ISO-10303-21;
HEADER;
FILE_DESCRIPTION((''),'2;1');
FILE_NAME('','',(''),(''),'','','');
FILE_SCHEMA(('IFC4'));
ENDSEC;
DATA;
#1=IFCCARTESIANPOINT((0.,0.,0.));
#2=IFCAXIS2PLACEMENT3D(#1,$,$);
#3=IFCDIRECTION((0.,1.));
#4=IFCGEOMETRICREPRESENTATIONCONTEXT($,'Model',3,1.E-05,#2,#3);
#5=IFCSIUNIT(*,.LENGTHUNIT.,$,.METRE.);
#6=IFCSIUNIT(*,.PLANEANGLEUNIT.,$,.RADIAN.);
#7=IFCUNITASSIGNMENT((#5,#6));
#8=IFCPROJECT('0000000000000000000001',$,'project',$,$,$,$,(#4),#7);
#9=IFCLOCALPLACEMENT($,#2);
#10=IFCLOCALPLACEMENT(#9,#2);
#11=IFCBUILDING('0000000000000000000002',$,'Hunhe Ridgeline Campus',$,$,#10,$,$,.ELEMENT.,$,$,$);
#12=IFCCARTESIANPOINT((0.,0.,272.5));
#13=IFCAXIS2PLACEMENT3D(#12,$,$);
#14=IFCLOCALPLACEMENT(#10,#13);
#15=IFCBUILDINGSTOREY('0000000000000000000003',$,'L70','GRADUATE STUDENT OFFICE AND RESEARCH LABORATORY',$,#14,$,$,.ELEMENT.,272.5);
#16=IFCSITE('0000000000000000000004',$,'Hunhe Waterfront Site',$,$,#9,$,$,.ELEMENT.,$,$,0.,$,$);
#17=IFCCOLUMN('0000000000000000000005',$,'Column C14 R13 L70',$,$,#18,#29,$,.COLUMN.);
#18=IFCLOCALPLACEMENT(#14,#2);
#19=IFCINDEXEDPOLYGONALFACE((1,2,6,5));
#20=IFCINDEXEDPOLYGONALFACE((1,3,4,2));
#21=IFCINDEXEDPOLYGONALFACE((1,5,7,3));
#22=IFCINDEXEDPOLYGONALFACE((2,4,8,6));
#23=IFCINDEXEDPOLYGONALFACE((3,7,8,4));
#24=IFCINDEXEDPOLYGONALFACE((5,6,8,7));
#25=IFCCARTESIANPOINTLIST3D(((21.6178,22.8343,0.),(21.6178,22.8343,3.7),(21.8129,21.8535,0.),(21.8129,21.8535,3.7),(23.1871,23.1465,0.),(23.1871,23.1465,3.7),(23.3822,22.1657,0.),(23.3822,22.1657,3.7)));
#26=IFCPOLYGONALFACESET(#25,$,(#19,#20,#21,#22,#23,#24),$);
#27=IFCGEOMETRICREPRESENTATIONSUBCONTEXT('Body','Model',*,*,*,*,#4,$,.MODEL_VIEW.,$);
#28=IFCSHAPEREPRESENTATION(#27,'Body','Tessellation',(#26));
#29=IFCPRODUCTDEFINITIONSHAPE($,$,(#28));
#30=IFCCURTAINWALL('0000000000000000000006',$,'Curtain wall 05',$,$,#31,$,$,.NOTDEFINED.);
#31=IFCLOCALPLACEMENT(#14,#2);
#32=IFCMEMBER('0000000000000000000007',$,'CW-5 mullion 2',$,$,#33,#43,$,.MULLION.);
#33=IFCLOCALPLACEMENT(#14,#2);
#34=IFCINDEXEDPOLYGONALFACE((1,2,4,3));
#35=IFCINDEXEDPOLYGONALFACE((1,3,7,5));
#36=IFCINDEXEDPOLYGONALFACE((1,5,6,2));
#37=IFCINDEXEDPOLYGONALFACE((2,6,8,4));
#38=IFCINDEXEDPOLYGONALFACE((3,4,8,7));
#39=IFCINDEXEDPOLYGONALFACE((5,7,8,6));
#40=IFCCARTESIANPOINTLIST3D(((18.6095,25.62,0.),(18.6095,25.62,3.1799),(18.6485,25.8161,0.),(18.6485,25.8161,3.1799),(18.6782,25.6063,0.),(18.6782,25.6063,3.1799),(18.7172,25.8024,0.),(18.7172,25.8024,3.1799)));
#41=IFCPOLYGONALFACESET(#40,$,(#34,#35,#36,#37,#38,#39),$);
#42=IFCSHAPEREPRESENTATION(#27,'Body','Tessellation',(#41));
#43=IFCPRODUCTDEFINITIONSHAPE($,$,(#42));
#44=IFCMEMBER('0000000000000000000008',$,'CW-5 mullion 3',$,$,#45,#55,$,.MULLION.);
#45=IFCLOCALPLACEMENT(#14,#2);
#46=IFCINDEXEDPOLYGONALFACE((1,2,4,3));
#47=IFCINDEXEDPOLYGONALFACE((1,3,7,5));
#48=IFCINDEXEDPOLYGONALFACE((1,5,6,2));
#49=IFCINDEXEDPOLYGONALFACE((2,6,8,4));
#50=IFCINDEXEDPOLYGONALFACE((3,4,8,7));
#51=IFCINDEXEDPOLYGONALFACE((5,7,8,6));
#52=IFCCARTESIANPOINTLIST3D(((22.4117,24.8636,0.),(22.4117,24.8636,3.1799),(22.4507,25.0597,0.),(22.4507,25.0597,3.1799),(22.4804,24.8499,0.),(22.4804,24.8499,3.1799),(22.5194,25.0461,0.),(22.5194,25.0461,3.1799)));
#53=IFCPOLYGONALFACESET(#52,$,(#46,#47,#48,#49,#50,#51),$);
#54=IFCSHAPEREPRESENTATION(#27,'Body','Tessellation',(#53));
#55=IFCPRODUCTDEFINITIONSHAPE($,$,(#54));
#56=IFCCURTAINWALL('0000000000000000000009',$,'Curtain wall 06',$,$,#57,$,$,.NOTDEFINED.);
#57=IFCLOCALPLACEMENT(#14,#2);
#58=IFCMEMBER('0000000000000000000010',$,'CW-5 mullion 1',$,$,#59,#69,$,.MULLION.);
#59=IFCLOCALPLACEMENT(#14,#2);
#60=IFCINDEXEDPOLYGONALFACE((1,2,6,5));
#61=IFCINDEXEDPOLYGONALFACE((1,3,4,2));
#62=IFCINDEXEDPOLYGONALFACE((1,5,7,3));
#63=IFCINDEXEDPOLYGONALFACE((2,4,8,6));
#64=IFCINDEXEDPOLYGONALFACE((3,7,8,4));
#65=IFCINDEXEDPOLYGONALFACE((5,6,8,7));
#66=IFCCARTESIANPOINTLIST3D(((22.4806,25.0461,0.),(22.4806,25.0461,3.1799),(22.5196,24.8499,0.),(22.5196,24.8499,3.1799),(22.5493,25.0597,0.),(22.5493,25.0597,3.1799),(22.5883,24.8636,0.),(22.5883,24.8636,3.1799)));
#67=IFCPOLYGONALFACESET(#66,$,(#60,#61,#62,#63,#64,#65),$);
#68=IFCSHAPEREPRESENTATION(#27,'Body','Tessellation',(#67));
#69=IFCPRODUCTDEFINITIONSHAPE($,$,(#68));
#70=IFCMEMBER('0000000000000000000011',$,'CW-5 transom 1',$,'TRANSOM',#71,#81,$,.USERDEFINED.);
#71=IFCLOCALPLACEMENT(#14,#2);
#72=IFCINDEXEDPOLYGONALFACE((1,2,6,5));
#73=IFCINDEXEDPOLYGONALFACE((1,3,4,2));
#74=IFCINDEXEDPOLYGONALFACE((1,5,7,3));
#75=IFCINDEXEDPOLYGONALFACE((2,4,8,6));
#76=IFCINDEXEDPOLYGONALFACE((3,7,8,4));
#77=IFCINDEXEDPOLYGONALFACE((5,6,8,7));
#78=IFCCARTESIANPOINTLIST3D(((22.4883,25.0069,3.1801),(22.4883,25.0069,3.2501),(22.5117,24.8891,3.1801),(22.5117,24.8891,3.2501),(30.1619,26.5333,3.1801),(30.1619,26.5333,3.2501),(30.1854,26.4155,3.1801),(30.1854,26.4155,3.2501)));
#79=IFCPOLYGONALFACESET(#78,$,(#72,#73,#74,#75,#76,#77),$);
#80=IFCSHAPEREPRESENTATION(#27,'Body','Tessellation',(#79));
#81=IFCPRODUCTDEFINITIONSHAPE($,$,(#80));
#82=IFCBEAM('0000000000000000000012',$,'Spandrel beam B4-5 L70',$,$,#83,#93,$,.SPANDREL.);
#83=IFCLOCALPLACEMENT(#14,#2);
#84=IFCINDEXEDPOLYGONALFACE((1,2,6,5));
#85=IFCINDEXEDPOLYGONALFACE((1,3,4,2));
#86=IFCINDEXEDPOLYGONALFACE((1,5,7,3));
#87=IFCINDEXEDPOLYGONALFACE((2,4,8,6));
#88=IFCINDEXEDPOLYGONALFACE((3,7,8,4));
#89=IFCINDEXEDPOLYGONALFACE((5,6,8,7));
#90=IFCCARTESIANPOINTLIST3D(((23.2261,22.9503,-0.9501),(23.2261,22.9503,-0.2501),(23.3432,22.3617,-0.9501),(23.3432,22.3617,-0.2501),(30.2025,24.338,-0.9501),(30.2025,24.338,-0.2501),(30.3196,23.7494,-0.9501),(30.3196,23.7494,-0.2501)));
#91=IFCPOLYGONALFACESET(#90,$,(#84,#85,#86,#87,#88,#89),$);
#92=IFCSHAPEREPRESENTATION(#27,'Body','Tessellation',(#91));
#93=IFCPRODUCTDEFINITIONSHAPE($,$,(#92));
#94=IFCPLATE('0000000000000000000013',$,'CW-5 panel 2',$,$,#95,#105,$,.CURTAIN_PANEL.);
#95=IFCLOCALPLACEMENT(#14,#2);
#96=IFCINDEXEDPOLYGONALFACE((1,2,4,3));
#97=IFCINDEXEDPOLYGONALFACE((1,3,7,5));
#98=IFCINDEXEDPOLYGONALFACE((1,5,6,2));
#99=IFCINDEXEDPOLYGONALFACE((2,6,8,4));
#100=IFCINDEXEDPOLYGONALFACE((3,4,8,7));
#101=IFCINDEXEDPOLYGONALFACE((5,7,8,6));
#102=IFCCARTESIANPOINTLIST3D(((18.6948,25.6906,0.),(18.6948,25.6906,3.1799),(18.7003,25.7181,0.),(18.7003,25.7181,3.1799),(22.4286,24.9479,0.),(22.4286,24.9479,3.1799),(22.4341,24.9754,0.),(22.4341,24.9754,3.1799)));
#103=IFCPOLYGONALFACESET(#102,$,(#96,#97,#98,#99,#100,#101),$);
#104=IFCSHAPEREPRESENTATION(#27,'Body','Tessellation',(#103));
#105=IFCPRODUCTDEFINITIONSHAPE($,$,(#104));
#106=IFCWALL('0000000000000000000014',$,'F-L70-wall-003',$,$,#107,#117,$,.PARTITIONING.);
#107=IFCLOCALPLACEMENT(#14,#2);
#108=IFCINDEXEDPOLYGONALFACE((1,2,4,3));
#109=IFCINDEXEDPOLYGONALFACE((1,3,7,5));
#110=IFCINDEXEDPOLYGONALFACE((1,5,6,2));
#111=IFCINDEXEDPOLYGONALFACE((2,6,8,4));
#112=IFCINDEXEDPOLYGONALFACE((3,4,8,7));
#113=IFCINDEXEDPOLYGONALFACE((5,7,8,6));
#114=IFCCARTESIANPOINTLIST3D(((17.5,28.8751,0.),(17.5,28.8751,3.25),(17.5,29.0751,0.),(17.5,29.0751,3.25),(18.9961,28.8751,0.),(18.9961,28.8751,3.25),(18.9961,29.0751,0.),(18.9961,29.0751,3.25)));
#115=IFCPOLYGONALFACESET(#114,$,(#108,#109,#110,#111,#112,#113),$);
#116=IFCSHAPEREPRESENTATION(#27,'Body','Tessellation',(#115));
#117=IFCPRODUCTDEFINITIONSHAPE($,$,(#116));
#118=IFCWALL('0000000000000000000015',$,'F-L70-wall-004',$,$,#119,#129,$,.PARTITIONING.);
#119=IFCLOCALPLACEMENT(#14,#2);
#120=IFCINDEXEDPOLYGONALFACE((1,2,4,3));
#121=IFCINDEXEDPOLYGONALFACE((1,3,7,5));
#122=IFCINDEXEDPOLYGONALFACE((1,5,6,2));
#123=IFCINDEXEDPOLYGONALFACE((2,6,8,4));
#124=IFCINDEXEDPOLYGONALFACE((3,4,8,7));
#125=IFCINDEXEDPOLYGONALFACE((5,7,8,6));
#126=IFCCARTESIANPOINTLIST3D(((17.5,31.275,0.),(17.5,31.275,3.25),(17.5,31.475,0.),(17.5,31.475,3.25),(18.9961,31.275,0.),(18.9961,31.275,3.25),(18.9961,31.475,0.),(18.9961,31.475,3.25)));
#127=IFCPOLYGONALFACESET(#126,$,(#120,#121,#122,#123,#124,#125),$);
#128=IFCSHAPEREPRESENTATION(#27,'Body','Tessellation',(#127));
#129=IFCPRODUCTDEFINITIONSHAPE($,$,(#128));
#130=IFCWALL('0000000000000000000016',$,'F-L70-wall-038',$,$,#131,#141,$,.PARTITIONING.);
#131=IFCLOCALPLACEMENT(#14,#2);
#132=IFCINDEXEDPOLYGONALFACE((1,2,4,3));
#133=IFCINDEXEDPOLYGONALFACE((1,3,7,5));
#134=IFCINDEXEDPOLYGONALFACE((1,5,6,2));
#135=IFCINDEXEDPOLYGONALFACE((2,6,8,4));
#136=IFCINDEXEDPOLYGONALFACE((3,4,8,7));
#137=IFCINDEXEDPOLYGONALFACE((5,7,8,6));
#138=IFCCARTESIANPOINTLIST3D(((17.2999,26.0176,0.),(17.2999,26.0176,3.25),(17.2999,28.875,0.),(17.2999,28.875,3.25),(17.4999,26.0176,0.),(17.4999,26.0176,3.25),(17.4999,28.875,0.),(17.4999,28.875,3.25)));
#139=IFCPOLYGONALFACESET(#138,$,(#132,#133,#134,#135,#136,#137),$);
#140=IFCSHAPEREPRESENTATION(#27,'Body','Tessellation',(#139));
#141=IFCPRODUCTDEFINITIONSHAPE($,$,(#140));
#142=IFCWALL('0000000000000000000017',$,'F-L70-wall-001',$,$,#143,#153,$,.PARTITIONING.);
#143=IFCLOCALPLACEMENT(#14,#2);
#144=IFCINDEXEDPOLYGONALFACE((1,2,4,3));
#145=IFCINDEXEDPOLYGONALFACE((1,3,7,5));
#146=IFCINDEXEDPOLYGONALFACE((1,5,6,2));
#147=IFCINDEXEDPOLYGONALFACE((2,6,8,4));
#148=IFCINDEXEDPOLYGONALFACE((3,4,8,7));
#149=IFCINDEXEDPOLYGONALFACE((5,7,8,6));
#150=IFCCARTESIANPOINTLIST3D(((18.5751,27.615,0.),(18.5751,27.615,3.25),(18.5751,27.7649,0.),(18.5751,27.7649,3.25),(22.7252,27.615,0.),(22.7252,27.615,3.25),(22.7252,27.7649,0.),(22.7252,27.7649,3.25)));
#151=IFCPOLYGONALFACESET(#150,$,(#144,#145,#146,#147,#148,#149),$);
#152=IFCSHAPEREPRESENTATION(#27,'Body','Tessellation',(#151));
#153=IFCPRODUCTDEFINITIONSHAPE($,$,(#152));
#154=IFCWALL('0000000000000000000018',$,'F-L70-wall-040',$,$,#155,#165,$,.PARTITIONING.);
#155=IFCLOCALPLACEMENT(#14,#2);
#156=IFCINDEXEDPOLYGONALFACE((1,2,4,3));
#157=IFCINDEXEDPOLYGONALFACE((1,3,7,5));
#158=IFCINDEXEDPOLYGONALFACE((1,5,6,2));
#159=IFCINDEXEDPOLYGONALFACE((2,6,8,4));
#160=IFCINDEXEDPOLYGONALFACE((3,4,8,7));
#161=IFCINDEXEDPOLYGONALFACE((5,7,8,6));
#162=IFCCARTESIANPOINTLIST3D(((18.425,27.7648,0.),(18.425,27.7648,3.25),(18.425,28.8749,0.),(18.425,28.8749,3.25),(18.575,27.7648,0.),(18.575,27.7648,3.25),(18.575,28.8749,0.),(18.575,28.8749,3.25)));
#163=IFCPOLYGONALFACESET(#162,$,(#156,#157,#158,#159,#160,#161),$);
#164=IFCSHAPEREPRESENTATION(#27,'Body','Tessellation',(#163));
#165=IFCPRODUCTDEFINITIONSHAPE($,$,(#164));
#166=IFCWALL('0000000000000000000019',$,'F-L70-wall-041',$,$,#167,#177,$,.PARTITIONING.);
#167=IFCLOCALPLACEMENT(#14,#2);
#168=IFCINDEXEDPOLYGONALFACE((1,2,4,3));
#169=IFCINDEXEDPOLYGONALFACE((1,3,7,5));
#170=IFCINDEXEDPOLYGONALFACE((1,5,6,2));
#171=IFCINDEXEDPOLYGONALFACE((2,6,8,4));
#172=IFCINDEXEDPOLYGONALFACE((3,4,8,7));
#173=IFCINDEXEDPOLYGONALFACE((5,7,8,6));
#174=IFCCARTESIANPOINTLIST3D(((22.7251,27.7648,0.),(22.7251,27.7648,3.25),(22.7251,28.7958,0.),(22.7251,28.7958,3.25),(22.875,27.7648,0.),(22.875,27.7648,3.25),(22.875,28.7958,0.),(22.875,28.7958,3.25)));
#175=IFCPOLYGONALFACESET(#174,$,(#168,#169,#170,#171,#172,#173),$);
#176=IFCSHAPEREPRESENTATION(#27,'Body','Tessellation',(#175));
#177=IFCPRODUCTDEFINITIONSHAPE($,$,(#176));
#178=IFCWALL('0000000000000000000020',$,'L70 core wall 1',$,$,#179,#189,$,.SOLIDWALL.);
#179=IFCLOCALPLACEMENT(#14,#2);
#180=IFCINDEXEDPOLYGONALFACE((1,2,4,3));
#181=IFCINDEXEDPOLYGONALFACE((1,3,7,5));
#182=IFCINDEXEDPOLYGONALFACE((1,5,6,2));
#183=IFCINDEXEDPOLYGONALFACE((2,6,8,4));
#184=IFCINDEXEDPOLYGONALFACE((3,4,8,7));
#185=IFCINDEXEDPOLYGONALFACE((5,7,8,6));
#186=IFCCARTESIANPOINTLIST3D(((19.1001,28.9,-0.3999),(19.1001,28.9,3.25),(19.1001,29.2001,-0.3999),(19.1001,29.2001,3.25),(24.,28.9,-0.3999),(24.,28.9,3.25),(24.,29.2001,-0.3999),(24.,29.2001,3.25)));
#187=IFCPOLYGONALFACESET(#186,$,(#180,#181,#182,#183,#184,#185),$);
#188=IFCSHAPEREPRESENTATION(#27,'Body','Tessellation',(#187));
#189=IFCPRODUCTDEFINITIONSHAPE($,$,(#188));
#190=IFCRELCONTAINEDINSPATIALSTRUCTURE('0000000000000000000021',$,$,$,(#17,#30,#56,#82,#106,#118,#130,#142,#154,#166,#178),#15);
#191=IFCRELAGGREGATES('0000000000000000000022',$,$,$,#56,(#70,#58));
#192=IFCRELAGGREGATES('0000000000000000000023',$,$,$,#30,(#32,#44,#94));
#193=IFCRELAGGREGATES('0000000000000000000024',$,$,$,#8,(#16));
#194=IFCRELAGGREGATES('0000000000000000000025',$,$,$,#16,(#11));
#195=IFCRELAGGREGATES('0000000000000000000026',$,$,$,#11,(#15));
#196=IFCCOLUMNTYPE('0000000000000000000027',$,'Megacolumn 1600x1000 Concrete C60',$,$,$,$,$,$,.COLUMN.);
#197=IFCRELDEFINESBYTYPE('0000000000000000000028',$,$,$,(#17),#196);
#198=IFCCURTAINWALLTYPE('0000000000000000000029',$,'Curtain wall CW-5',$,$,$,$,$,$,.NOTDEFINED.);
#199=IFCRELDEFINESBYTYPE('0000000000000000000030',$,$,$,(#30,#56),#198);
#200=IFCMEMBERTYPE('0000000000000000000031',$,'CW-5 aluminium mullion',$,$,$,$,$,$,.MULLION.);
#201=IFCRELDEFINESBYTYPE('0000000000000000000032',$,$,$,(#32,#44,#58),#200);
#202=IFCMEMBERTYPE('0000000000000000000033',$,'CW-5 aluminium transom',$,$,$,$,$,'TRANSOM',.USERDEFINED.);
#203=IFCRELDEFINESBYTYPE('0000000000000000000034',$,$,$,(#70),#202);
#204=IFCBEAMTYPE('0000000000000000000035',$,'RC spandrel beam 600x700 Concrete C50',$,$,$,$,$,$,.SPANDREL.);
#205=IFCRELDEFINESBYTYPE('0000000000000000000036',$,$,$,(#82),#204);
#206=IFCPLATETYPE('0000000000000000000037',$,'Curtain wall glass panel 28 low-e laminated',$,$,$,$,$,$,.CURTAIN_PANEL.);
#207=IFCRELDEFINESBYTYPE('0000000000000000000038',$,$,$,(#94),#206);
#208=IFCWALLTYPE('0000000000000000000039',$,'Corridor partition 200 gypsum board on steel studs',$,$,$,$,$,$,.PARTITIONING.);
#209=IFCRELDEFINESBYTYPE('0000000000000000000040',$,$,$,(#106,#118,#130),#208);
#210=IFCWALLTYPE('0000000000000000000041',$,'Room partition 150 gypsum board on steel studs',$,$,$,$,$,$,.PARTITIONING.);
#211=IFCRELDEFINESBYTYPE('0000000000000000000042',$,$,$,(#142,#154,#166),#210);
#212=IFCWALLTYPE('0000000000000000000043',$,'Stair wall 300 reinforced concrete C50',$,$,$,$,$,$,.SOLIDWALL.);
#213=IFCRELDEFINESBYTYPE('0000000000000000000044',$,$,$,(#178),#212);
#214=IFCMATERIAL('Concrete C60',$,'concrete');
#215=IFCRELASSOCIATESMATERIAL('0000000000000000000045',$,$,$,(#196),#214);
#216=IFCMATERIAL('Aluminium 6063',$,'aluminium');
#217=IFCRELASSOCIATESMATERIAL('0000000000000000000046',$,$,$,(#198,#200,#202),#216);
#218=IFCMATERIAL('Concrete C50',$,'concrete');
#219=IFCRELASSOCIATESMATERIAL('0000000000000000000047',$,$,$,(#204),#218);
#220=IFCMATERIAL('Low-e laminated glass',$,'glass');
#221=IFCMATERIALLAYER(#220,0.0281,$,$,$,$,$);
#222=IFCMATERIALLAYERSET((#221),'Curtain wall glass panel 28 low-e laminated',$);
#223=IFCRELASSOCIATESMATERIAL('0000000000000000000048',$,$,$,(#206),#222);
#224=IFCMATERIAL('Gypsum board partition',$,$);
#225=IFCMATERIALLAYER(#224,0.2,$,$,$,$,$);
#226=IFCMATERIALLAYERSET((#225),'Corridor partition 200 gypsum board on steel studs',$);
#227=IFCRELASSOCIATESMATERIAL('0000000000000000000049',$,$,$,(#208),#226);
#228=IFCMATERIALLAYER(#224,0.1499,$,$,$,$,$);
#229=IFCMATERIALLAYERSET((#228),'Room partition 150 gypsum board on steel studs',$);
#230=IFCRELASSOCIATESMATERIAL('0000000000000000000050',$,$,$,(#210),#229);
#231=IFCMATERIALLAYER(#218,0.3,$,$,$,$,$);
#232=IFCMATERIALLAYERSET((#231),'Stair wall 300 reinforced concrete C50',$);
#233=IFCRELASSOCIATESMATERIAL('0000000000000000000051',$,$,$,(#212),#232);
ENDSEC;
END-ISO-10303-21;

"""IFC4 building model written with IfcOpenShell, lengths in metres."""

from ifc_helpers import new_model, si_unit, direction, frame, frame_2d, origin, origin_2d, place, context, subcontext, project, spatial, rectangle, extrude, material, layer, layer_set, material_profile, profile_set, type_object, element, aggregate, save


model = new_model("IFC4")

# Units and contexts
model_context = context("Model", 3, precision=1e-05, world=origin(), true_north=direction((0.0, 1.0)))
body_context = subcontext(model_context, "Body", "Model", "MODEL_VIEW")
ifc_project = project(units=[si_unit("LENGTHUNIT", "METRE"), si_unit("PLANEANGLEUNIT", "RADIAN")], contexts=[model_context])

# Site, building, storey
site_placement = place(None, origin())
site = spatial("IfcSite", under=ifc_project, at=site_placement, Name="Hunhe Waterfront Site", CompositionType="ELEMENT", RefElevation=0.0)
building_placement = place(site_placement, origin())
building = spatial("IfcBuilding", under=site, at=building_placement, Name="Hunhe Ridgeline Campus", CompositionType="ELEMENT")
storey_placement = place(building_placement, frame((0.0, 0.0, 272.5)))
storey = spatial("IfcBuildingStorey", under=building, at=storey_placement, Name="L70", Description="GRADUATE STUDENT OFFICE AND RESEARCH LABORATORY", CompositionType="ELEMENT", Elevation=272.5)

# Column
ifc_material_1 = material(Name="Concrete C60", Category="concrete")
ifc_material_profile_1 = material_profile(ifc_material_1, rectangle(XDim=1.6001, YDim=1.0, at=origin_2d()))
ifc_profile_set_1 = profile_set([ifc_material_profile_1], Name="Concrete C60")
column_type = type_object("IfcColumnType", Name="Megacolumn 1600x1000 Concrete C60", PredefinedType="COLUMN", material=ifc_profile_set_1)
column_placement = place(storey_placement, frame((22.5, 22.5, 0.0), z_axis=(0.0, 0.0, 1.0), x_axis=(0.980785, 0.19509, 0.0)))
element("IfcColumn", 1, at=column_placement, inside=storey, type_object=column_type, Name="Column C14 R13 L70", PredefinedType="COLUMN", context=body_context, shape_type="SweptSolid", body=[
    extrude(rectangle(XDim=1.6001, YDim=1.0, at=origin_2d()), origin(), (0.0, 0.0, 1.0), 3.7),
])

# Curtain walls, members
ifc_material_2 = material(Name="Aluminium 6063", Category="aluminium")
curtain_wall_type = type_object("IfcCurtainWallType", Name="Curtain wall CW-5", PredefinedType="NOTDEFINED", material=ifc_material_2)
curtain_wall_1_placement = place(storey_placement, origin())
curtain_wall_1 = element("IfcCurtainWall", 2, at=curtain_wall_1_placement, inside=storey, type_object=curtain_wall_type, Name="Curtain wall 05", PredefinedType="NOTDEFINED")
ifc_material_profile_2 = material_profile(ifc_material_2, rectangle(XDim=0.2, YDim=0.0701, at=origin_2d()))
ifc_profile_set_2 = profile_set([ifc_material_profile_2], Name="Aluminium 6063")
member_type_1 = type_object("IfcMemberType", Name="CW-5 aluminium mullion", PredefinedType="MULLION", material=ifc_profile_set_2)
member_1_placement = place(storey_placement, frame((18.6633, 25.7112, 0.0), z_axis=(0.0, 0.0, 1.0), x_axis=(0.19509, 0.980785, 0.0)))
member_1 = element("IfcMember", 3, at=member_1_placement, type_object=member_type_1, Name="CW-5 mullion 2", PredefinedType="MULLION", context=body_context, shape_type="SweptSolid", body=[
    extrude(rectangle(XDim=0.2, YDim=0.0701, at=origin_2d()), origin(), (0.0, 0.0, 1.0), 3.1799),
])
member_2_placement = place(storey_placement, frame((22.4656, 24.9548, 0.0), z_axis=(0.0, 0.0, 1.0), x_axis=(0.19509, 0.980785, 0.0)))
member_2 = element("IfcMember", 4, at=member_2_placement, type_object=member_type_1, Name="CW-5 mullion 3", PredefinedType="MULLION", context=body_context, shape_type="SweptSolid", body=[
    extrude(rectangle(XDim=0.2, YDim=0.0701, at=origin_2d()), origin(), (0.0, 0.0, 1.0), 3.1799),
])
curtain_wall_2_placement = place(storey_placement, origin())
curtain_wall_2 = element("IfcCurtainWall", 5, at=curtain_wall_2_placement, inside=storey, type_object=curtain_wall_type, Name="Curtain wall 06", PredefinedType="NOTDEFINED")
member_3_placement = place(storey_placement, frame((22.5344, 24.9548, 0.0), z_axis=(0.0, 0.0, 1.0), x_axis=(-0.19509, 0.980785, 0.0)))
member_3 = element("IfcMember", 6, at=member_3_placement, type_object=member_type_1, Name="CW-5 mullion 1", PredefinedType="MULLION", context=body_context, shape_type="SweptSolid", body=[
    extrude(rectangle(XDim=0.2, YDim=0.0701, at=origin_2d()), origin(), (0.0, 0.0, 1.0), 3.1799),
])
ifc_material_profile_3 = material_profile(ifc_material_2, rectangle(XDim=0.1201, YDim=0.0701, at=origin_2d()))
ifc_profile_set_3 = profile_set([ifc_material_profile_3], Name="Aluminium 6063")
member_type_2 = type_object("IfcMemberType", Name="CW-5 aluminium transom", ElementType="TRANSOM", PredefinedType="USERDEFINED", material=ifc_profile_set_3)
member_4_placement = place(storey_placement, frame((22.5, 24.948, 3.2151), z_axis=(0.980785, 0.19509, 0.0), x_axis=(-0.19509, 0.980785, 0.0)))
member_4 = element("IfcMember", 7, at=member_4_placement, type_object=member_type_2, Name="CW-5 transom 1", ObjectType="TRANSOM", PredefinedType="USERDEFINED", context=body_context, shape_type="SweptSolid", body=[
    extrude(rectangle(XDim=0.1201, YDim=0.0701, at=origin_2d()), origin(), (0.0, 0.0, 1.0), 7.824),
])
aggregate(curtain_wall_2, [member_4, member_3])

# Beam
ifc_material_3 = material(Name="Concrete C50", Category="concrete")
ifc_material_profile_4 = material_profile(ifc_material_3, rectangle(XDim=0.6001, YDim=0.7, at=origin_2d()))
ifc_profile_set_4 = profile_set([ifc_material_profile_4], Name="Concrete C50")
beam_type = type_object("IfcBeamType", Name="RC spandrel beam 600x700 Concrete C50", PredefinedType="SPANDREL", material=ifc_profile_set_4)
beam_placement = place(storey_placement, frame((23.2847, 22.656, -0.6001), z_axis=(0.980785, 0.195093, 0.0), x_axis=(-0.195093, 0.980785, 0.0)))
element("IfcBeam", 8, at=beam_placement, inside=storey, type_object=beam_type, Name="Spandrel beam B4-5 L70", PredefinedType="SPANDREL", context=body_context, shape_type="SweptSolid", body=[
    extrude(rectangle(XDim=0.6001, YDim=0.7, at=origin_2d()), origin(), (0.0, 0.0, 1.0), 7.113),
])

# Plate
ifc_material_4 = material(Name="Low-e laminated glass", Category="glass")
ifc_layer_1 = layer(ifc_material_4, 0.0281)
ifc_layer_set_1 = layer_set([ifc_layer_1], Name="Curtain wall glass panel 28 low-e laminated")
plate_type = type_object("IfcPlateType", Name="Curtain wall glass panel 28 low-e laminated", PredefinedType="CURTAIN_PANEL", material=ifc_layer_set_1)
plate_placement = place(storey_placement, frame((20.5645, 25.333, 0.0), z_axis=(0.0, 0.0, 1.0), x_axis=(0.980785, -0.19509, 0.0)))
plate = element("IfcPlate", 9, at=plate_placement, type_object=plate_type, Name="CW-5 panel 2", PredefinedType="CURTAIN_PANEL", context=body_context, shape_type="SweptSolid", body=[
    extrude(rectangle(XDim=3.8069, YDim=0.0281, at=origin_2d()), origin(), (0.0, 0.0, 1.0), 3.1799),
])
aggregate(curtain_wall_1, [member_1, member_2, plate])

# Walls
ifc_material_5 = material(Name="Gypsum board partition")
ifc_layer_2 = layer(ifc_material_5, 0.2)
ifc_layer_set_2 = layer_set([ifc_layer_2], Name="Corridor partition 200 gypsum board on steel studs")
wall_type_1 = type_object("IfcWallType", Name="Corridor partition 200 gypsum board on steel studs", PredefinedType="PARTITIONING", material=ifc_layer_set_2)
for number, where, z_axis, x_axis, name in (
    (10, (18.9961, 28.9751, 0.0), (0.0, 0.0, 1.0), (-1.0, 0.0, 0.0), "F-L70-wall-003"),
    (11, (17.5, 31.375, 0.0), (0.0, 0.0, 1.0), (1.0, 0.0, 0.0), "F-L70-wall-004"),
):
    element("IfcWall", number, at=place(storey_placement, frame(where, z_axis=z_axis, x_axis=x_axis)), inside=storey, type_object=wall_type_1, Name=name, PredefinedType="PARTITIONING", context=body_context, shape_type="SweptSolid", body=[
        extrude(rectangle(XDim=1.4961, YDim=0.2, at=frame_2d((0.748, 0.0))), origin(), (0.0, 0.0, 1.0), 3.25),
    ])
wall_1_placement = place(storey_placement, frame((17.3999, 28.875, 0.0), z_axis=(0.0, 0.0, 1.0), x_axis=(0.0, -1.0, 0.0)))
element("IfcWall", 12, at=wall_1_placement, inside=storey, type_object=wall_type_1, Name="F-L70-wall-038", PredefinedType="PARTITIONING", context=body_context, shape_type="SweptSolid", body=[
    extrude(rectangle(XDim=2.8574, YDim=0.2, at=frame_2d((1.4287, 0.0))), origin(), (0.0, 0.0, 1.0), 3.25),
])
ifc_layer_3 = layer(ifc_material_5, 0.1499)
ifc_layer_set_3 = layer_set([ifc_layer_3], Name="Room partition 150 gypsum board on steel studs")
wall_type_2 = type_object("IfcWallType", Name="Room partition 150 gypsum board on steel studs", PredefinedType="PARTITIONING", material=ifc_layer_set_3)
wall_2_placement = place(storey_placement, frame((18.575, 27.6899, 0.0), z_axis=(0.0, 0.0, 1.0), x_axis=(1.0, 0.0, 0.0)))
element("IfcWall", 13, at=wall_2_placement, inside=storey, type_object=wall_type_2, Name="F-L70-wall-001", PredefinedType="PARTITIONING", context=body_context, shape_type="SweptSolid", body=[
    extrude(rectangle(XDim=4.1501, YDim=0.1499, at=frame_2d((2.0752, 0.0))), origin(), (0.0, 0.0, 1.0), 3.25),
])
wall_3_placement = place(storey_placement, frame((18.5, 28.875, 0.0), z_axis=(0.0, 0.0, 1.0), x_axis=(0.0, -1.0, 0.0)))
element("IfcWall", 14, at=wall_3_placement, inside=storey, type_object=wall_type_2, Name="F-L70-wall-040", PredefinedType="PARTITIONING", context=body_context, shape_type="SweptSolid", body=[
    extrude(rectangle(XDim=1.1101, YDim=0.1499, at=frame_2d((0.5552, 0.0))), origin(), (0.0, 0.0, 1.0), 3.25),
])
wall_4_placement = place(storey_placement, frame((22.8, 28.7959, 0.0), z_axis=(0.0, 0.0, 1.0), x_axis=(0.0, -1.0, 0.0)))
element("IfcWall", 15, at=wall_4_placement, inside=storey, type_object=wall_type_2, Name="F-L70-wall-041", PredefinedType="PARTITIONING", context=body_context, shape_type="SweptSolid", body=[
    extrude(rectangle(XDim=1.031, YDim=0.1499, at=frame_2d((0.5156, 0.0))), origin(), (0.0, 0.0, 1.0), 3.25),
])
ifc_layer_4 = layer(ifc_material_3, 0.3)
ifc_layer_set_4 = layer_set([ifc_layer_4], Name="Stair wall 300 reinforced concrete C50")
wall_type_3 = type_object("IfcWallType", Name="Stair wall 300 reinforced concrete C50", PredefinedType="SOLIDWALL", material=ifc_layer_set_4)
wall_5_placement = place(storey_placement, frame((19.1001, 29.05, -0.3999), z_axis=(0.0, 0.0, 1.0), x_axis=(1.0, 0.0, 0.0)))
element("IfcWall", 16, at=wall_5_placement, inside=storey, type_object=wall_type_3, Name="L70 core wall 1", PredefinedType="SOLIDWALL", context=body_context, shape_type="SweptSolid", body=[
    extrude(rectangle(XDim=4.8999, YDim=0.3, at=frame_2d((2.45, 0.0))), origin(), (0.0, 0.0, 1.0), 3.6499),
])

save(model, "model.ifc")
